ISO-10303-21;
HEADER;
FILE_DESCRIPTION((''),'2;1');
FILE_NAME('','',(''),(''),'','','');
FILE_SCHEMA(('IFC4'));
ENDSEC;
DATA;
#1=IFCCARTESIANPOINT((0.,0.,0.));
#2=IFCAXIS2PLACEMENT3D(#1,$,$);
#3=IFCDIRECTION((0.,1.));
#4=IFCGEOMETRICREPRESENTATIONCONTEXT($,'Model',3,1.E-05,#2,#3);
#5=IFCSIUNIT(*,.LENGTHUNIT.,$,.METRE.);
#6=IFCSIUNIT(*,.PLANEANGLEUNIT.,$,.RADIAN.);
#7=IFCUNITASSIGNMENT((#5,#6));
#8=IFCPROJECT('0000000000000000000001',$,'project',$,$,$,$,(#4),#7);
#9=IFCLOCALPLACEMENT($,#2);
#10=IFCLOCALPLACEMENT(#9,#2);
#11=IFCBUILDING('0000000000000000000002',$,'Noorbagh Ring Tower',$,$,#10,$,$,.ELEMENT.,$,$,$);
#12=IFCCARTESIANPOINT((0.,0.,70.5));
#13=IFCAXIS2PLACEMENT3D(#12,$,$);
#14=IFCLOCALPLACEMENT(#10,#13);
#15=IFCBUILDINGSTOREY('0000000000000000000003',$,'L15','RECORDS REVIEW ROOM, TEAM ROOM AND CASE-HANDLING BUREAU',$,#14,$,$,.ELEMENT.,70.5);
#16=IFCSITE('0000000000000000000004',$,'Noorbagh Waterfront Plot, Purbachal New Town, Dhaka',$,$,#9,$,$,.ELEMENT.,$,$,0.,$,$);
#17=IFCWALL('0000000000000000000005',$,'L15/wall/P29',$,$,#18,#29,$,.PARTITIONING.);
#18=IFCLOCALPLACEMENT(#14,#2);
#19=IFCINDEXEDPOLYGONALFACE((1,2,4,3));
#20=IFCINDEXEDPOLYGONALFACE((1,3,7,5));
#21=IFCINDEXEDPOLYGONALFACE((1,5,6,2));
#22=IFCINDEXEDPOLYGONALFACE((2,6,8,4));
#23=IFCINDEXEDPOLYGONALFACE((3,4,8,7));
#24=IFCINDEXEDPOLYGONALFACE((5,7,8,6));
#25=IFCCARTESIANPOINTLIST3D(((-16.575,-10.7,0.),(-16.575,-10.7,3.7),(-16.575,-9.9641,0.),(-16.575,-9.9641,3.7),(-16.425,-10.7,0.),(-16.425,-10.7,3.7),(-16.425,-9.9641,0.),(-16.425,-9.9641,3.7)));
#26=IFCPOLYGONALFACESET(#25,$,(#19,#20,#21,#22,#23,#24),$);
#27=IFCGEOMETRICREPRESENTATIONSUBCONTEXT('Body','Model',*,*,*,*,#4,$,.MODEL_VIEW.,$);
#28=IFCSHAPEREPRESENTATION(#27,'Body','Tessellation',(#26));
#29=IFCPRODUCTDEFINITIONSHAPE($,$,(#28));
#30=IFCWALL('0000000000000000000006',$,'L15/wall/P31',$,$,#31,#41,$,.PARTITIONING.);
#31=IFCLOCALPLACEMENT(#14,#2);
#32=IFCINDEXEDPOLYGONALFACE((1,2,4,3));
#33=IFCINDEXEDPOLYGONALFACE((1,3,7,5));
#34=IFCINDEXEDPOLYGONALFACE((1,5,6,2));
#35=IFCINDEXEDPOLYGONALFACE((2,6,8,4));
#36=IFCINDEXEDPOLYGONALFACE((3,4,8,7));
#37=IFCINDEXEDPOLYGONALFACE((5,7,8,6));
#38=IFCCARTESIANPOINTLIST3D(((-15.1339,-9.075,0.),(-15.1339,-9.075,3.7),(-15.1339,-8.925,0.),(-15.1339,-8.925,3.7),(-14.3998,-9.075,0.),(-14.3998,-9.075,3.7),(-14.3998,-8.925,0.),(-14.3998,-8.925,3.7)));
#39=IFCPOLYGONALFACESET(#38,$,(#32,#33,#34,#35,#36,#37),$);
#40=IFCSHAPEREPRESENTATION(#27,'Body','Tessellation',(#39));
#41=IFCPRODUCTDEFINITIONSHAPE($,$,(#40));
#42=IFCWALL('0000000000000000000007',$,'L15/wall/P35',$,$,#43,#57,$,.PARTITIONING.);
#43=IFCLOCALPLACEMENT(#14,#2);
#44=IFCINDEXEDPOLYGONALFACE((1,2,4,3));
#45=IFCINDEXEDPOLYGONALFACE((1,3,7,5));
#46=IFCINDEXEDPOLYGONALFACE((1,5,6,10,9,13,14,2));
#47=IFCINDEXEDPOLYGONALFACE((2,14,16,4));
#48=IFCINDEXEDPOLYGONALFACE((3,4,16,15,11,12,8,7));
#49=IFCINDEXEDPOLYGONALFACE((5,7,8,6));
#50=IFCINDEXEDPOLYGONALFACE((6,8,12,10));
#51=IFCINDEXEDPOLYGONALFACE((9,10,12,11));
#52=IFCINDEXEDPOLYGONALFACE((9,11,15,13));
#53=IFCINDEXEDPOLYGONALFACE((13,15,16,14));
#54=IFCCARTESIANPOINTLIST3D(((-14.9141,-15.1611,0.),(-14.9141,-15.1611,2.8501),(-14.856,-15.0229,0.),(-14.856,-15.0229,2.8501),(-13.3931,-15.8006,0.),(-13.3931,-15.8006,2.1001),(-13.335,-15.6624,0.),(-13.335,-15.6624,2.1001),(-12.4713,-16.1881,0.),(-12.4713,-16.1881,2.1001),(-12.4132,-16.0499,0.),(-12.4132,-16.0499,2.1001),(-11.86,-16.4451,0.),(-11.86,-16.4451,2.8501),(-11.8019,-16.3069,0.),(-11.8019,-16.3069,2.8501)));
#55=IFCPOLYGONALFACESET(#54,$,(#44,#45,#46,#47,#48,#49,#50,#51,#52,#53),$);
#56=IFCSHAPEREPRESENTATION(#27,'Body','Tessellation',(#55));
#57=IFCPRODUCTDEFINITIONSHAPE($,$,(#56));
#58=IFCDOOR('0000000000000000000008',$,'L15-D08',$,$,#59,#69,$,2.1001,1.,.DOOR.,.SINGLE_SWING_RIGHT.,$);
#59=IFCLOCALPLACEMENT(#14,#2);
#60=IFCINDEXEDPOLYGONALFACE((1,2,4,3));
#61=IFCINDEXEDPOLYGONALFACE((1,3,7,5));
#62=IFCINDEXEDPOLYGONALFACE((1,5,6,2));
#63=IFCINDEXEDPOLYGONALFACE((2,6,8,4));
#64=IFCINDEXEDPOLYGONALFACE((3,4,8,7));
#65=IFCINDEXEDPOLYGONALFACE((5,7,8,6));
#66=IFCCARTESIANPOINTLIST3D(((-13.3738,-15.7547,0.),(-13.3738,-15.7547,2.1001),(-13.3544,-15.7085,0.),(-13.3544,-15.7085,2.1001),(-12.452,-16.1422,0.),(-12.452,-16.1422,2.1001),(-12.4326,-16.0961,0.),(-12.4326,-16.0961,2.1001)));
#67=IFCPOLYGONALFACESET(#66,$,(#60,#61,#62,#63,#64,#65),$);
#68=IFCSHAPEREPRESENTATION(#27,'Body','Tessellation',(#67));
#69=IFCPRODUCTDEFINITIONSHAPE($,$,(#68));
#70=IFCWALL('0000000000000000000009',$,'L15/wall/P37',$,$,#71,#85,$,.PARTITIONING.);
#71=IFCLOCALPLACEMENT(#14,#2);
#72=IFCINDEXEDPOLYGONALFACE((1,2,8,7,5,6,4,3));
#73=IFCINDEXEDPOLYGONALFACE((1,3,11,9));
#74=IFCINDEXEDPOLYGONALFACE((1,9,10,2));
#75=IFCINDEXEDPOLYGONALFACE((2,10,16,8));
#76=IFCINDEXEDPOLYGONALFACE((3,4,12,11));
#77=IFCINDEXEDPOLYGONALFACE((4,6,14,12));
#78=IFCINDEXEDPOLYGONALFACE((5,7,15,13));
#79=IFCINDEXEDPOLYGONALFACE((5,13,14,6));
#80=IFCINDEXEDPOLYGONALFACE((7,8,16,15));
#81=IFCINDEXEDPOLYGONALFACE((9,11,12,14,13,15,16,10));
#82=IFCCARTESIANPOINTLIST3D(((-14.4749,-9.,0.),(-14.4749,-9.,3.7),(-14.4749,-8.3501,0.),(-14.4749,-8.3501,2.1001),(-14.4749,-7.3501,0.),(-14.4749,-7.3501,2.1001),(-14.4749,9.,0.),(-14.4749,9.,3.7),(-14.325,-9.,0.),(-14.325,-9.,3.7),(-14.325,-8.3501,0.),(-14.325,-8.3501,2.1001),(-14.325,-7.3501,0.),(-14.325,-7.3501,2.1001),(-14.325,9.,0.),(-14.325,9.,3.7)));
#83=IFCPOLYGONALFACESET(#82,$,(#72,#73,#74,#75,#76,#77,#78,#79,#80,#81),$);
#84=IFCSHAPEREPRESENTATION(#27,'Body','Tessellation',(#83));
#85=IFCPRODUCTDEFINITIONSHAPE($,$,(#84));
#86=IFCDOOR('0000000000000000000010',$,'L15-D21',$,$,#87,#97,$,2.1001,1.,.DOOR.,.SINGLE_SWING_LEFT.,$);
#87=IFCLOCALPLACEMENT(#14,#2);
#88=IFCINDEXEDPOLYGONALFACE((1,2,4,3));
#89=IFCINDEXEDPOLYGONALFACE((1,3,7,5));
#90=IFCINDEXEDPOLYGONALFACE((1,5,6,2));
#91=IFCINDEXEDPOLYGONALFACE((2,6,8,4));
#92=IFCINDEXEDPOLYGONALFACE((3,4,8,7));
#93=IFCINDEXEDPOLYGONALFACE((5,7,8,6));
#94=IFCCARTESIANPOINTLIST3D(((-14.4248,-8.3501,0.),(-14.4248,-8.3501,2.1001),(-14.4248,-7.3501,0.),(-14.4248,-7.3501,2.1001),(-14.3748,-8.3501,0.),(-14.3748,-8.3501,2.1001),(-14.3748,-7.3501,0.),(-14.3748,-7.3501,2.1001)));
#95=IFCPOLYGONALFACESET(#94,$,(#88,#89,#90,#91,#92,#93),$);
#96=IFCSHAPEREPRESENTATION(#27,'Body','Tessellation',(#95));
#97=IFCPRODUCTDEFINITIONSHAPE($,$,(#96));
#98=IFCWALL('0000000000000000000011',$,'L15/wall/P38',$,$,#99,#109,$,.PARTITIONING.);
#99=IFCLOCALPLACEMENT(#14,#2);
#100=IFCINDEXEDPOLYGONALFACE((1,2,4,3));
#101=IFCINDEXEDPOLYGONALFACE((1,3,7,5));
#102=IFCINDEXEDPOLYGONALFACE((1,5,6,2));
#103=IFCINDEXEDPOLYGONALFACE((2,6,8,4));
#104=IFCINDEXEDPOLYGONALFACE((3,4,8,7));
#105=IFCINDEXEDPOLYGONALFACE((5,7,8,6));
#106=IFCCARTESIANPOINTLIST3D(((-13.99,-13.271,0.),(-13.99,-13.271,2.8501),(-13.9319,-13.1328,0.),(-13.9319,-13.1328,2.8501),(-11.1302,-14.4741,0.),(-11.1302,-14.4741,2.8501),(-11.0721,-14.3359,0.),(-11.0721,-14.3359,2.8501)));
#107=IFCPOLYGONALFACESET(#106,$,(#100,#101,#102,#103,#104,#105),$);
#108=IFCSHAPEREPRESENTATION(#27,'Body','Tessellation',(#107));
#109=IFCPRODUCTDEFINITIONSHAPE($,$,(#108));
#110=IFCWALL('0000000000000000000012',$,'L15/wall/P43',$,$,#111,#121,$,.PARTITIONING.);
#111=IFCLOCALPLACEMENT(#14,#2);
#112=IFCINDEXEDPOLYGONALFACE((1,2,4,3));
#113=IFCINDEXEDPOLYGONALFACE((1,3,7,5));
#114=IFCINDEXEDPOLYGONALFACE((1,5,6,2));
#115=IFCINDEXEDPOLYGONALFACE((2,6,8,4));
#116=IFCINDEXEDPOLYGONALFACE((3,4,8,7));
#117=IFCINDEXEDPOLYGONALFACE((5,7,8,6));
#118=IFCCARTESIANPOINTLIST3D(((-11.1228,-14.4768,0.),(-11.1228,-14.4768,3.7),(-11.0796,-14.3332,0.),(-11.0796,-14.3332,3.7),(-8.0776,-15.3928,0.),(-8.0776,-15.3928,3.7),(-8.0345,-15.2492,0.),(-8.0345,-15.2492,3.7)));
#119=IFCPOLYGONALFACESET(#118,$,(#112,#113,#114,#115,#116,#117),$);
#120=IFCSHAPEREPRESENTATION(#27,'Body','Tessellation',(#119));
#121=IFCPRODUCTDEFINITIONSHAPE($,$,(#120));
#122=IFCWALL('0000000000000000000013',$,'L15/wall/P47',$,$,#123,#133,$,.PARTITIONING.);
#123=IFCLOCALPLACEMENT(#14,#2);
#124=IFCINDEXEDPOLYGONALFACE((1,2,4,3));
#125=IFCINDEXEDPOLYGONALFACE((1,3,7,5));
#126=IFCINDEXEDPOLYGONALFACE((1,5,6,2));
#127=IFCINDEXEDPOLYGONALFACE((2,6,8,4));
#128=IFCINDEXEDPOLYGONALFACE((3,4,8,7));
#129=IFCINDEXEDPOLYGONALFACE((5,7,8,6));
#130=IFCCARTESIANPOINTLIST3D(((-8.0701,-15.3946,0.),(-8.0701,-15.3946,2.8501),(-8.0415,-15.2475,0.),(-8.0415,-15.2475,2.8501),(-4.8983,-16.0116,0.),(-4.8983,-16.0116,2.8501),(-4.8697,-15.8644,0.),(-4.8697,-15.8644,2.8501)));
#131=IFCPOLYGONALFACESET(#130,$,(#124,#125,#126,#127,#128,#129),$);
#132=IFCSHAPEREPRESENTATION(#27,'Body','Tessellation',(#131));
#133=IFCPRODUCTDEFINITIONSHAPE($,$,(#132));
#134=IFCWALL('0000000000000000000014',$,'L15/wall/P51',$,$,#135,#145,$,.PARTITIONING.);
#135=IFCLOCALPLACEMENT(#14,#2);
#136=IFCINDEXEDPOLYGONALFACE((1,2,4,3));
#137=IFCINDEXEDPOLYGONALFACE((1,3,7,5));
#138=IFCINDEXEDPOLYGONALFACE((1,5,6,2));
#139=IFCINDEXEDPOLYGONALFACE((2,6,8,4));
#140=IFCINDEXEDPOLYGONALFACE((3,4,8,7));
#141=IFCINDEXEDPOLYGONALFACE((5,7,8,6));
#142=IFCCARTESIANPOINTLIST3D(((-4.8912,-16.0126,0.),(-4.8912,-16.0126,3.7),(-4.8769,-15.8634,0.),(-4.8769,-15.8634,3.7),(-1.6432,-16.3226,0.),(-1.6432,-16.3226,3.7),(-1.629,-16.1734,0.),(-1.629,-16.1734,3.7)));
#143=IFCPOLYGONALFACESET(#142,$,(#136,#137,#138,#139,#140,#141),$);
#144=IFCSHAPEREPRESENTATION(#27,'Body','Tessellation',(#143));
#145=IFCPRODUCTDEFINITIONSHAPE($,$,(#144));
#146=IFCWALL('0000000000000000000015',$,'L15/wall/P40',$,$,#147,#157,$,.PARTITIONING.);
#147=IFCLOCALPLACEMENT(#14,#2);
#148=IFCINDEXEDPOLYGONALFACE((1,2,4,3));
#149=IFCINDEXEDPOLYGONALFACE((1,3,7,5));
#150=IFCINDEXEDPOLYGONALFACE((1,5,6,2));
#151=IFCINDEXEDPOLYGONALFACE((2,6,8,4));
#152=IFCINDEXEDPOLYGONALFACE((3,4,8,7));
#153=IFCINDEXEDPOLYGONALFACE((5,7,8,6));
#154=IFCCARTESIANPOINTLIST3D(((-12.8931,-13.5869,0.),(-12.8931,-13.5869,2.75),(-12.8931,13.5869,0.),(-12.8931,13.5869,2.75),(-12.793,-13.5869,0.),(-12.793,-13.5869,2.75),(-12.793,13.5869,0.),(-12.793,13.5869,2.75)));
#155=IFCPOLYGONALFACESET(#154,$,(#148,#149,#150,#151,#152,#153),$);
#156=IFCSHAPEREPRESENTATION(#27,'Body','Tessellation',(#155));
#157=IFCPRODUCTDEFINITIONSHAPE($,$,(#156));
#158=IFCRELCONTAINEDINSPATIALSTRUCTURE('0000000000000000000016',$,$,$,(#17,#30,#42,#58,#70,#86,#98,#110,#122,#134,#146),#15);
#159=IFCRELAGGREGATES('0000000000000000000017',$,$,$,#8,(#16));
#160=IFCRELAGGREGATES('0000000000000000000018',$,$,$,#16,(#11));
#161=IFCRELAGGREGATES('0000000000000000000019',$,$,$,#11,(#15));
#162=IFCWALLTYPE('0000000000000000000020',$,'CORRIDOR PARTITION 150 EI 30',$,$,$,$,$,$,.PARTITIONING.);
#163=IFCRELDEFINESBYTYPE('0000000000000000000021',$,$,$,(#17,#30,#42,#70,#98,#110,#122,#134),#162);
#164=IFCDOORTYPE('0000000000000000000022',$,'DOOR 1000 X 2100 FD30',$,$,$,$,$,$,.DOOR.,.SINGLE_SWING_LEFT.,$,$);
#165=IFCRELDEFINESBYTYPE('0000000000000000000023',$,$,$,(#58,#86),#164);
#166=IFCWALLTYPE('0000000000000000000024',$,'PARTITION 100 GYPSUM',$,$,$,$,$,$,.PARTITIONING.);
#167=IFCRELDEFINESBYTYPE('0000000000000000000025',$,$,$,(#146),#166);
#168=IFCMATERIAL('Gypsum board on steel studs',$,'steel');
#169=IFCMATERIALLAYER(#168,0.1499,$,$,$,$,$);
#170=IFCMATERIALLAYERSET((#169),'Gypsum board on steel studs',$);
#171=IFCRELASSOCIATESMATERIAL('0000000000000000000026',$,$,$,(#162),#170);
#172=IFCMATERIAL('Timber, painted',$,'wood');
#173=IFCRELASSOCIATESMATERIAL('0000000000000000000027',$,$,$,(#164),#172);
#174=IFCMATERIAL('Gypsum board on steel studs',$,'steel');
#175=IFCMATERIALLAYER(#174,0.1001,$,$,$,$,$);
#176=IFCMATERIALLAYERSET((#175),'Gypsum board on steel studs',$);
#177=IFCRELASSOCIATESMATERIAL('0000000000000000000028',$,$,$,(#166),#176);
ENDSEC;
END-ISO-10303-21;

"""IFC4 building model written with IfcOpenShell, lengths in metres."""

from ifc_helpers import new_model, si_unit, direction, frame, frame_2d, origin, place, context, subcontext, project, spatial, rectangle, extrude, material, layer, layer_set, type_object, element, fill, save


model = new_model("IFC4")

# Units and contexts
model_context = context("Model", 3, precision=1e-05, world=origin(), true_north=direction((0.0, 1.0)))
body_context = subcontext(model_context, "Body", "Model", "MODEL_VIEW")
ifc_project = project(units=[si_unit("LENGTHUNIT", "METRE"), si_unit("PLANEANGLEUNIT", "RADIAN")], contexts=[model_context])

# Site, building, storey
site_placement = place(None, origin())
site = spatial("IfcSite", under=ifc_project, at=site_placement, Name="Noorbagh Waterfront Plot, Purbachal New Town, Dhaka", CompositionType="ELEMENT", RefElevation=0.0)
building_placement = place(site_placement, origin())
building = spatial("IfcBuilding", under=site, at=building_placement, Name="Noorbagh Ring Tower", CompositionType="ELEMENT")
storey_placement = place(building_placement, frame((0.0, 0.0, 70.5)))
storey = spatial("IfcBuildingStorey", under=building, at=storey_placement, Name="L15", Description="RECORDS REVIEW ROOM, TEAM ROOM AND CASE-HANDLING BUREAU", CompositionType="ELEMENT", Elevation=70.5)

# Walls
ifc_material_1 = material(Name="Gypsum board on steel studs", Category="steel")
ifc_layer_1 = layer(ifc_material_1, 0.1499)
ifc_layer_set_1 = layer_set([ifc_layer_1], Name="Gypsum board on steel studs")
wall_type_1 = type_object("IfcWallType", Name="CORRIDOR PARTITION 150 EI 30", PredefinedType="PARTITIONING", material=ifc_layer_set_1)
wall_1_placement = place(storey_placement, frame((-16.5, -10.7, 0.0), z_axis=(0.0, 0.0, 1.0), x_axis=(0.0, 1.0, 0.0)))
element("IfcWall", 1, at=wall_1_placement, inside=storey, type_object=wall_type_1, Name="L15/wall/P29", PredefinedType="PARTITIONING", context=body_context, shape_type="SweptSolid", body=[
    extrude(rectangle(XDim=0.7358, YDim=0.1499, at=frame_2d((0.3679, 0.0))), origin(), (0.0, 0.0, 1.0), 3.7),
])
wall_2_placement = place(storey_placement, frame((-15.134, -9.0, 0.0), z_axis=(0.0, 0.0, 1.0), x_axis=(1.0, 0.0, 0.0)))
element("IfcWall", 2, at=wall_2_placement, inside=storey, type_object=wall_type_1, Name="L15/wall/P31", PredefinedType="PARTITIONING", context=body_context, shape_type="SweptSolid", body=[
    extrude(rectangle(XDim=0.7341, YDim=0.1499, at=frame_2d((0.3672, 0.0))), origin(), (0.0, 0.0, 1.0), 3.7),
])

# Walls, openings, doors
wall_3_placement = place(storey_placement, frame((-14.885, -15.092, 0.0), z_axis=(0.0, 0.0, 1.0), x_axis=(0.921845, -0.387559, 0.0)))
wall_3 = element("IfcWall", 3, at=wall_3_placement, inside=storey, type_object=wall_type_1, Name="L15/wall/P35", PredefinedType="PARTITIONING", context=body_context, shape_type="SweptSolid", body=[
    extrude(rectangle(XDim=3.313, YDim=0.1499, at=frame_2d((1.6565, 0.0))), origin(), (0.0, 0.0, 1.0), 2.8501),
])
opening_1_placement = place(wall_3_placement, frame((1.6499, 0.0, 0.0)))
opening_1 = element("IfcOpeningElement", 4, at=opening_1_placement, cuts=wall_3, PredefinedType="OPENING", context=body_context, shape_type="SweptSolid", body=[
    extrude(rectangle(XDim=1.0, YDim=2.1001, at=frame_2d((0.5, 1.05))), frame((0.0, 0.085, 0.0), z_axis=(0.0, -1.0, 0.0), x_axis=(1.0, 0.0, 0.0)), (0.0, 0.0, 1.0), 0.1699),
])
ifc_material_2 = material(Name="Timber, painted", Category="wood")
door_type_1 = type_object("IfcDoorType", Name="DOOR 1000 X 2100 FD30", OperationType="SINGLE_SWING_LEFT", PredefinedType="DOOR", material=ifc_material_2)
door_1_placement = place(opening_1_placement, origin())
door_1 = element("IfcDoor", 5, at=door_1_placement, inside=storey, type_object=door_type_1, Name="L15-D08", OperationType="SINGLE_SWING_RIGHT", OverallHeight=2.1001, OverallWidth=1.0, PredefinedType="DOOR", context=body_context, shape_type="SweptSolid", body=[
    extrude(rectangle(XDim=1.0, YDim=2.1001, at=frame_2d((0.5, 1.05))), frame((0.0, 0.0249, 0.0), z_axis=(0.0, -1.0, 0.0), x_axis=(1.0, 0.0, 0.0)), (0.0, 0.0, 1.0), 0.05),
])
fill(opening_1, door_1)
wall_4_placement = place(storey_placement, frame((-14.3999, -9.0, 0.0), z_axis=(0.0, 0.0, 1.0), x_axis=(0.0, 1.0, 0.0)))
wall_4 = element("IfcWall", 6, at=wall_4_placement, inside=storey, type_object=wall_type_1, Name="L15/wall/P37", PredefinedType="PARTITIONING", context=body_context, shape_type="SweptSolid", body=[
    extrude(rectangle(XDim=18.0, YDim=0.1499, at=frame_2d((9.0, 0.0))), origin(), (0.0, 0.0, 1.0), 3.7),
])
opening_2_placement = place(wall_4_placement, frame((0.6499, 0.0, 0.0)))
opening_2 = element("IfcOpeningElement", 7, at=opening_2_placement, cuts=wall_4, PredefinedType="OPENING", context=body_context, shape_type="SweptSolid", body=[
    extrude(rectangle(XDim=1.0, YDim=2.1001, at=frame_2d((0.5, 1.05))), frame((0.0, 0.085, 0.0), z_axis=(0.0, -1.0, 0.0), x_axis=(1.0, 0.0, 0.0)), (0.0, 0.0, 1.0), 0.1699),
])
door_2_placement = place(opening_2_placement, origin())
door_2 = element("IfcDoor", 8, at=door_2_placement, inside=storey, type_object=door_type_1, Name="L15-D21", OperationType="SINGLE_SWING_LEFT", OverallHeight=2.1001, OverallWidth=1.0, PredefinedType="DOOR", context=body_context, shape_type="SweptSolid", body=[
    extrude(rectangle(XDim=1.0, YDim=2.1001, at=frame_2d((0.5, 1.05))), frame((0.0, 0.0249, 0.0), z_axis=(0.0, -1.0, 0.0), x_axis=(1.0, 0.0, 0.0)), (0.0, 0.0, 1.0), 0.05),
])
fill(opening_2, door_2)

# Walls
wall_5_placement = place(storey_placement, frame((-13.9609, -13.2019, 0.0), z_axis=(0.0, 0.0, 1.0), x_axis=(0.921754, -0.387776, 0.0)))
element("IfcWall", 9, at=wall_5_placement, inside=storey, type_object=wall_type_1, Name="L15/wall/P38", PredefinedType="PARTITIONING", context=body_context, shape_type="SweptSolid", body=[
    extrude(rectangle(XDim=3.1025, YDim=0.1499, at=frame_2d((1.5513, 0.0))), origin(), (0.0, 0.0, 1.0), 2.8501),
])
wall_6_placement = place(storey_placement, frame((-11.1011, -14.405, 0.0), z_axis=(0.0, 0.0, 1.0), x_axis=(0.957613, -0.288059, 0.0)))
element("IfcWall", 10, at=wall_6_placement, inside=storey, type_object=wall_type_1, Name="L15/wall/P43", PredefinedType="PARTITIONING", context=body_context, shape_type="SweptSolid", body=[
    extrude(rectangle(XDim=3.1799, YDim=0.1499, at=frame_2d((1.5898, 0.0))), origin(), (0.0, 0.0, 1.0), 3.7),
])
wall_7_placement = place(storey_placement, frame((-8.0559, -15.321, 0.0), z_axis=(0.0, 0.0, 1.0), x_axis=(0.981604, -0.190926, 0.0)))
element("IfcWall", 11, at=wall_7_placement, inside=storey, type_object=wall_type_1, Name="L15/wall/P47", PredefinedType="PARTITIONING", context=body_context, shape_type="SweptSolid", body=[
    extrude(rectangle(XDim=3.2312, YDim=0.1499, at=frame_2d((1.6157, 0.0))), origin(), (0.0, 0.0, 1.0), 2.8501),
])
wall_8_placement = place(storey_placement, frame((-4.884, -15.938, 0.0), z_axis=(0.0, 0.0, 1.0), x_axis=(0.995475, -0.095028, 0.0)))
element("IfcWall", 12, at=wall_8_placement, inside=storey, type_object=wall_type_1, Name="L15/wall/P51", PredefinedType="PARTITIONING", context=body_context, shape_type="SweptSolid", body=[
    extrude(rectangle(XDim=3.2627, YDim=0.1499, at=frame_2d((1.6313, 0.0))), origin(), (0.0, 0.0, 1.0), 3.7),
])
ifc_material_3 = material(Name="Gypsum board on steel studs", Category="steel")
ifc_layer_2 = layer(ifc_material_3, 0.1001)
ifc_layer_set_2 = layer_set([ifc_layer_2], Name="Gypsum board on steel studs")
wall_type_2 = type_object("IfcWallType", Name="PARTITION 100 GYPSUM", PredefinedType="PARTITIONING", material=ifc_layer_set_2)
wall_9_placement = place(storey_placement, frame((-12.843, -13.5869, 0.0), z_axis=(0.0, 0.0, 1.0), x_axis=(0.0, 1.0, 0.0)))
element("IfcWall", 13, at=wall_9_placement, inside=storey, type_object=wall_type_2, Name="L15/wall/P40", PredefinedType="PARTITIONING", context=body_context, shape_type="SweptSolid", body=[
    extrude(rectangle(XDim=27.1738, YDim=0.1001, at=frame_2d((13.5869, 0.0))), origin(), (0.0, 0.0, 1.0), 2.75),
])

save(model, "model.ifc")
